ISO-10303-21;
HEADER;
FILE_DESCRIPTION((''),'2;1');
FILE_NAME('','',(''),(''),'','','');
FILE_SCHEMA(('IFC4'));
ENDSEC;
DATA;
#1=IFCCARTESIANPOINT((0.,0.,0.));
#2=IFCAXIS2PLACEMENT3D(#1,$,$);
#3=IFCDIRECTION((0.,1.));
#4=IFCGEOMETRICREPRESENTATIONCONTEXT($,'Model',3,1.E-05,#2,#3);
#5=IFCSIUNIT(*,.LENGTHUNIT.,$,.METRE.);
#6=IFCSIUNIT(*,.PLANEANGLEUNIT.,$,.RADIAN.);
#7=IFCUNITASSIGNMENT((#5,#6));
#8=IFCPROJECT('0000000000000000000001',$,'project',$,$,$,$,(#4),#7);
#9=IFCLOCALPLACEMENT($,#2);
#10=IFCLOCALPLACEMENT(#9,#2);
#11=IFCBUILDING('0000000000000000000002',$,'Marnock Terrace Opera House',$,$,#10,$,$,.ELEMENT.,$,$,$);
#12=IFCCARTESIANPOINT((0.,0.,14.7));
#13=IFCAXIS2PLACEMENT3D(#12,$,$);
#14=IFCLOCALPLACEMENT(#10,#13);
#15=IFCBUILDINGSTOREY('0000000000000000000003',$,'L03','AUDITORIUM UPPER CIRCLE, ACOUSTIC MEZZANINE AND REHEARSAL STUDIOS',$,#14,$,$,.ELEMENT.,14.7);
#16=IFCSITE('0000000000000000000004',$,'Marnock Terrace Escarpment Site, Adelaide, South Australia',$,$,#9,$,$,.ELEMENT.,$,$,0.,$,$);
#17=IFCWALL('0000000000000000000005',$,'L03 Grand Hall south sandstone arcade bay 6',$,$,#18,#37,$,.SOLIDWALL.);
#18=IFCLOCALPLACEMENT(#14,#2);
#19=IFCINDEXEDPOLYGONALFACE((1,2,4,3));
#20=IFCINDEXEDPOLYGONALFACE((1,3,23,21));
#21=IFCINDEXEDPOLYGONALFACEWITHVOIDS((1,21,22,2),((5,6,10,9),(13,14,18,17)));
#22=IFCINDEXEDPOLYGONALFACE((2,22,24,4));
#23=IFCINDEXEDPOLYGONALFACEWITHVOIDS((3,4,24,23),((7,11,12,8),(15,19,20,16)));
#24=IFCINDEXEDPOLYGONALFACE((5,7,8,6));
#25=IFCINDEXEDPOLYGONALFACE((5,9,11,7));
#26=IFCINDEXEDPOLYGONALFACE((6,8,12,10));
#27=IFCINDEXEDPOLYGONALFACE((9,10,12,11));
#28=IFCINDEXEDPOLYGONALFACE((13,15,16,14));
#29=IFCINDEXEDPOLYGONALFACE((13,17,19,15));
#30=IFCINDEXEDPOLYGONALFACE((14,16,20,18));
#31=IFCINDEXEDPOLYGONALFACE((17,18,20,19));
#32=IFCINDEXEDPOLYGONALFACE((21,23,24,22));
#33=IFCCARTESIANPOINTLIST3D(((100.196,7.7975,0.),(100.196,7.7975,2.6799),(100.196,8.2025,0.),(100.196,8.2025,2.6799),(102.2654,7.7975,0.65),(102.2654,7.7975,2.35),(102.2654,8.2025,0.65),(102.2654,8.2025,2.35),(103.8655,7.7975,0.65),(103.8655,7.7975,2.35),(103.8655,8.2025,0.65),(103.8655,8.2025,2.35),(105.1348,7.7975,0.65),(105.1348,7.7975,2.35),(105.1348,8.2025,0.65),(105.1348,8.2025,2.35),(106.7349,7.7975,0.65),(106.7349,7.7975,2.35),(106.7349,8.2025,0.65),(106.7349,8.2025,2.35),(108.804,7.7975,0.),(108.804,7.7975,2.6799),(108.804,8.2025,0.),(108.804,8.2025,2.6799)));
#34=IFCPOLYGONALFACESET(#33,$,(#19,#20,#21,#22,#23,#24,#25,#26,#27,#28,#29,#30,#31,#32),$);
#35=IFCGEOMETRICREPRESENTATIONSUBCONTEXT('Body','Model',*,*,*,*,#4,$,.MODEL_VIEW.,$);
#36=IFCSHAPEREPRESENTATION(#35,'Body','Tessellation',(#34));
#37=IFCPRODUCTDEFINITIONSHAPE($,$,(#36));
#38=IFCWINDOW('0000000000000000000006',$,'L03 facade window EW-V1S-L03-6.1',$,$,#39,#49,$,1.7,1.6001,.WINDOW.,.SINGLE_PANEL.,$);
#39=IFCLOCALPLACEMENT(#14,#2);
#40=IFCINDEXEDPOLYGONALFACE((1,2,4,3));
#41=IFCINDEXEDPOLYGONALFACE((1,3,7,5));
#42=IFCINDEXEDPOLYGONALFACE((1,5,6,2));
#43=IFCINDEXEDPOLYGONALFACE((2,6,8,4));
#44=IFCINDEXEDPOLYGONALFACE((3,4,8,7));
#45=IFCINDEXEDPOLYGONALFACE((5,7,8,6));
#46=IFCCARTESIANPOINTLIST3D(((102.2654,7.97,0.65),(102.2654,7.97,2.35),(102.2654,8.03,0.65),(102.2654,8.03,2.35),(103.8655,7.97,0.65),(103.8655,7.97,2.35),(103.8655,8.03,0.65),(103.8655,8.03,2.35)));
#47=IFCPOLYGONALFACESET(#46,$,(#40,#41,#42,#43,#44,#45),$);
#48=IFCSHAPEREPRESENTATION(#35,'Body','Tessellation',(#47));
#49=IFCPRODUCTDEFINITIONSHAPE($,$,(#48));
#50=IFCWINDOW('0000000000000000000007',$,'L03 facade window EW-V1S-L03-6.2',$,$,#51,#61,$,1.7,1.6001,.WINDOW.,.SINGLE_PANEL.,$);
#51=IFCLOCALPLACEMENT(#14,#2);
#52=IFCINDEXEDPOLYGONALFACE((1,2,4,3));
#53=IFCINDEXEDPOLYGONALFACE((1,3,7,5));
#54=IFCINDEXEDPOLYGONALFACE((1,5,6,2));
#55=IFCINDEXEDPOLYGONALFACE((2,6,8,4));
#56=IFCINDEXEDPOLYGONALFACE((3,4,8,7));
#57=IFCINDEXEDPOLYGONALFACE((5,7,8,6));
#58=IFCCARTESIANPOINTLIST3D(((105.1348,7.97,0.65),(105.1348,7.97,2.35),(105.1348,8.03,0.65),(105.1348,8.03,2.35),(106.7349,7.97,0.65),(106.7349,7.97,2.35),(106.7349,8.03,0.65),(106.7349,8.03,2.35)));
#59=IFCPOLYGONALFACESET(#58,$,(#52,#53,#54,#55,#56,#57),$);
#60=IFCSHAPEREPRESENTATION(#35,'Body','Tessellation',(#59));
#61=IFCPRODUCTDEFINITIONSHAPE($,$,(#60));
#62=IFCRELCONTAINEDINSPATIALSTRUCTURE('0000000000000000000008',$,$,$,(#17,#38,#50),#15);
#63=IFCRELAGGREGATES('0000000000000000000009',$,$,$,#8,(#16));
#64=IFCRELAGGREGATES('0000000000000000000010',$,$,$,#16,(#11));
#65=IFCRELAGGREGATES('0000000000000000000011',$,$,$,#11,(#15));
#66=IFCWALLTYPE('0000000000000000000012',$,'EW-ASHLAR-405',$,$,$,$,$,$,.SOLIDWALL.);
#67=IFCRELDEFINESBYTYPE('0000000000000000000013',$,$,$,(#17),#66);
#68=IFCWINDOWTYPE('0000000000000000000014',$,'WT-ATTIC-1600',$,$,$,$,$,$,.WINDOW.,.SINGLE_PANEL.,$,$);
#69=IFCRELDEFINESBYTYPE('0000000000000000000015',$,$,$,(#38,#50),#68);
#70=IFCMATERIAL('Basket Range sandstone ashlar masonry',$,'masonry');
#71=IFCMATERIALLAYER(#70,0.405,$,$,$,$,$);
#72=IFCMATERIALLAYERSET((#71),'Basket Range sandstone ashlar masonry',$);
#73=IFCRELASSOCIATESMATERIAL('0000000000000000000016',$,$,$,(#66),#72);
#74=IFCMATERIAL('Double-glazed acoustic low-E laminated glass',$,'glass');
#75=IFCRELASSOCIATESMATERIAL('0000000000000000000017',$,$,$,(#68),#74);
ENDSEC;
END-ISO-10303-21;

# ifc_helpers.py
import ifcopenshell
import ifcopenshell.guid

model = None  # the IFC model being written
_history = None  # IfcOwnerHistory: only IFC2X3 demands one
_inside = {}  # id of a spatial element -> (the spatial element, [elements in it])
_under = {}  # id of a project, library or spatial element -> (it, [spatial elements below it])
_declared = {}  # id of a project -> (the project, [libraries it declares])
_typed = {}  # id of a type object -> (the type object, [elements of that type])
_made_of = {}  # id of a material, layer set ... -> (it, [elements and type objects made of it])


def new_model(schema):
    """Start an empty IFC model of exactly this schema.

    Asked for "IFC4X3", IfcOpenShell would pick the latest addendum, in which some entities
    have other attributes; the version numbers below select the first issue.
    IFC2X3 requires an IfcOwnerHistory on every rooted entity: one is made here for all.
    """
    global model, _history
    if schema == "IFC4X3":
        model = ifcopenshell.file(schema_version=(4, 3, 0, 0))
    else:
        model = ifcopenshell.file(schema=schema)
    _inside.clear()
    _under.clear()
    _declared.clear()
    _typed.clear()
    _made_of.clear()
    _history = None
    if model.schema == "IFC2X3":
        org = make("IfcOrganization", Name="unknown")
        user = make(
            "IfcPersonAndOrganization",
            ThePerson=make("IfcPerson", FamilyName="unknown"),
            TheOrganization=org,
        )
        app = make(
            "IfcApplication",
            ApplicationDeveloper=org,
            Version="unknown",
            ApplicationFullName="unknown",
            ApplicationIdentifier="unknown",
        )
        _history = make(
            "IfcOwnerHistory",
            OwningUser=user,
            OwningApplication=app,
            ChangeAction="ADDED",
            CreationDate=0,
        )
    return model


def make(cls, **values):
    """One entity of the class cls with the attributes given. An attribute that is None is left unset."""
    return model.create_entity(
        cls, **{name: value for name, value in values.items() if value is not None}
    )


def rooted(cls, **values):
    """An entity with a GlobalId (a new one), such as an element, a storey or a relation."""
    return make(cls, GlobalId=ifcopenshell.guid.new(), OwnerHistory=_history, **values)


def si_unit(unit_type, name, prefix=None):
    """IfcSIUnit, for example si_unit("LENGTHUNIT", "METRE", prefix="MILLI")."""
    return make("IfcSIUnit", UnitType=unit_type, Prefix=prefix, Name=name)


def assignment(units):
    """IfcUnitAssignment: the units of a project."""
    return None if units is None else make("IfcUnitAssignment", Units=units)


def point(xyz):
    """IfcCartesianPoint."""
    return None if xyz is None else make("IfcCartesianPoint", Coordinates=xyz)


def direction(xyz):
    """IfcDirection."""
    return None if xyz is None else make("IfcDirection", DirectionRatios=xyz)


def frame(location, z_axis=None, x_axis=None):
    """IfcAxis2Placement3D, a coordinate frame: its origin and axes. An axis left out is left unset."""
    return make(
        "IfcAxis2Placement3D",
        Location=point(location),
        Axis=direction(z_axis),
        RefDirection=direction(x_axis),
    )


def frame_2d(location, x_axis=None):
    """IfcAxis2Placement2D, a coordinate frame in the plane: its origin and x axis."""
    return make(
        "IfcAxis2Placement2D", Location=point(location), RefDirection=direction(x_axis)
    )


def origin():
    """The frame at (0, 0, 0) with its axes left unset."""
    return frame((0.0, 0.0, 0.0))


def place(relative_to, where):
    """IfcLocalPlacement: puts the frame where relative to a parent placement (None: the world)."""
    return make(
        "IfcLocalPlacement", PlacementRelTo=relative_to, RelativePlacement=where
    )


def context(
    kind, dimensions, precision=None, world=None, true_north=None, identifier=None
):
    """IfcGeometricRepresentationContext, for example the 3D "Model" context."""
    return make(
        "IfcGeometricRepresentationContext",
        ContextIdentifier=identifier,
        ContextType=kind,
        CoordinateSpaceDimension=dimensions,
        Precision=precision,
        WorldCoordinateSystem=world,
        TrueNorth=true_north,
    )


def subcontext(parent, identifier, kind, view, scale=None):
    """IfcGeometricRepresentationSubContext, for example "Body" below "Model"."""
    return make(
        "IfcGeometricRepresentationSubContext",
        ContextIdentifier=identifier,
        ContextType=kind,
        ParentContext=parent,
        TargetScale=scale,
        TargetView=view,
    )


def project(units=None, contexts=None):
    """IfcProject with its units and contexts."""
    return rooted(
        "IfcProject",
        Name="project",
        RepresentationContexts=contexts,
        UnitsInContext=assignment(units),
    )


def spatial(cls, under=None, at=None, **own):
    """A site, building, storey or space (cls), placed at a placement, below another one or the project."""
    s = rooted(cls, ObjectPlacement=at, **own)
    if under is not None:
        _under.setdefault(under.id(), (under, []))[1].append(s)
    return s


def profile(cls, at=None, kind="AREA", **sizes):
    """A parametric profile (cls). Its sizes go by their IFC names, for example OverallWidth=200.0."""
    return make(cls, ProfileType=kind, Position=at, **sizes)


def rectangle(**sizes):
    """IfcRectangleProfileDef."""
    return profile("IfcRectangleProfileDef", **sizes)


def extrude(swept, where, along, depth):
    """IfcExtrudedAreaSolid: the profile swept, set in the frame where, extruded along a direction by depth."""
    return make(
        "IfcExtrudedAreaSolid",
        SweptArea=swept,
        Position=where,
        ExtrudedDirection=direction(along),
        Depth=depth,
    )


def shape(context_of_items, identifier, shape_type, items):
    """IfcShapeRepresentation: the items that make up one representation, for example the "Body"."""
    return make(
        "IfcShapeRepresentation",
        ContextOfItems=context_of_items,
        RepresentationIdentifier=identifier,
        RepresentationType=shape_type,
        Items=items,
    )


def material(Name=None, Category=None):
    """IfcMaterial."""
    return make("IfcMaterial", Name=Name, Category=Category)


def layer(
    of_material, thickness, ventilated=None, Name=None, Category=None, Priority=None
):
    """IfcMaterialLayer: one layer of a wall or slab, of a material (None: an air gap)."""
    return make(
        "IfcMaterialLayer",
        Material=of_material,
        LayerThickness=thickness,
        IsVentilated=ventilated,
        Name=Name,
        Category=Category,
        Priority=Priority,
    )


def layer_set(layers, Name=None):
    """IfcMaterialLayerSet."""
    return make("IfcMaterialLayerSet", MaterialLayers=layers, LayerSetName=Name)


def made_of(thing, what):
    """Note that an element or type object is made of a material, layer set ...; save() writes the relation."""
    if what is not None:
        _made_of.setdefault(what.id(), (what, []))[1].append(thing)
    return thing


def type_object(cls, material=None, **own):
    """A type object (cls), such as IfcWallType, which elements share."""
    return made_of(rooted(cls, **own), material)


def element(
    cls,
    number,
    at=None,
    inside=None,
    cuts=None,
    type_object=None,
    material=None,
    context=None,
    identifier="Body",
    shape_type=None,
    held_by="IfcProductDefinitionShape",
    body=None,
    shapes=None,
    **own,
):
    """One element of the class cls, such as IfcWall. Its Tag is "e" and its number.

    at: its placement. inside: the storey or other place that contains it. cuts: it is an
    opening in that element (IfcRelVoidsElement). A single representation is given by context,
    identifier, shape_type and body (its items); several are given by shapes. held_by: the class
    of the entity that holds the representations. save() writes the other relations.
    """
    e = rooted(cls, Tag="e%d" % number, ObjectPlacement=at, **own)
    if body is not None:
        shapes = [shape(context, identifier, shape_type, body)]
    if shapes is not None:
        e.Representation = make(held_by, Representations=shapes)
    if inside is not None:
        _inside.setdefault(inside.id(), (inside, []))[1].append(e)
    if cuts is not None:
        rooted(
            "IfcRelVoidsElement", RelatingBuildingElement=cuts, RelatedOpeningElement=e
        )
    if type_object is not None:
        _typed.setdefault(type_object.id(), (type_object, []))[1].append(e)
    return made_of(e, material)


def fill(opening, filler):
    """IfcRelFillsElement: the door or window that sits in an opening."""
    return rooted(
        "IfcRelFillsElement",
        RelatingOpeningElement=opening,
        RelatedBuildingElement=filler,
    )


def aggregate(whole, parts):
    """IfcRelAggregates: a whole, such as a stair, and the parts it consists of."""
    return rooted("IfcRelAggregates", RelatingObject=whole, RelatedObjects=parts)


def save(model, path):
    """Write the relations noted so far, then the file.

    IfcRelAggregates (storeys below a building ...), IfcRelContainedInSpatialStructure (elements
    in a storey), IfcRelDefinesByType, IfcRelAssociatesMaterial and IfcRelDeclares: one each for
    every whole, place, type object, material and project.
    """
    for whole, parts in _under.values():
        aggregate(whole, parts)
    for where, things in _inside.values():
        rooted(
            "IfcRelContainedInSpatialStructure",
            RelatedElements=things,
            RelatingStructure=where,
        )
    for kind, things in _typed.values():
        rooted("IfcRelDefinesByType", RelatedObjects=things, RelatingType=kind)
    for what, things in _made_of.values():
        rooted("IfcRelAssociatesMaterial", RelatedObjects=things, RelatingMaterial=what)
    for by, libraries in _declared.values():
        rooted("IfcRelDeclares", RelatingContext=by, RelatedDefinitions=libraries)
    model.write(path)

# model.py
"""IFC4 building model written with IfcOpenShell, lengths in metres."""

from ifc_helpers import new_model, si_unit, direction, frame, frame_2d, origin, place, context, subcontext, project, spatial, rectangle, extrude, material, layer, layer_set, type_object, element, fill, save


model = new_model("IFC4")

# Units and contexts
model_context = context("Model", 3, precision=1e-05, world=origin(), true_north=direction((0.0, 1.0)))
body_context = subcontext(model_context, "Body", "Model", "MODEL_VIEW")
ifc_project = project(units=[si_unit("LENGTHUNIT", "METRE"), si_unit("PLANEANGLEUNIT", "RADIAN")], contexts=[model_context])

# Site, building, storey
site_placement = place(None, origin())
site = spatial("IfcSite", under=ifc_project, at=site_placement, Name="Marnock Terrace Escarpment Site, Adelaide, South Australia", CompositionType="ELEMENT", RefElevation=0.0)
building_placement = place(site_placement, origin())
building = spatial("IfcBuilding", under=site, at=building_placement, Name="Marnock Terrace Opera House", CompositionType="ELEMENT")
storey_placement = place(building_placement, frame((0.0, 0.0, 14.7)))
storey = spatial("IfcBuildingStorey", under=building, at=storey_placement, Name="L03", Description="AUDITORIUM UPPER CIRCLE, ACOUSTIC MEZZANINE AND REHEARSAL STUDIOS", CompositionType="ELEMENT", Elevation=14.7)

# Wall, openings, windows
ifc_material_1 = material(Name="Basket Range sandstone ashlar masonry", Category="masonry")
ifc_layer = layer(ifc_material_1, 0.405)
ifc_layer_set = layer_set([ifc_layer], Name="Basket Range sandstone ashlar masonry")
wall_type = type_object("IfcWallType", Name="EW-ASHLAR-405", PredefinedType="SOLIDWALL", material=ifc_layer_set)
ifc_material_2 = material(Name="Double-glazed acoustic low-E laminated glass", Category="glass")
window_type = type_object("IfcWindowType", Name="WT-ATTIC-1600", PartitioningType="SINGLE_PANEL", PredefinedType="WINDOW", material=ifc_material_2)
wall_1_placement = place(storey_placement, frame((100.196, 8.0, 0.0), z_axis=(0.0, 0.0, 1.0), x_axis=(1.0, 0.0, 0.0)))
wall_1 = element("IfcWall", 1, at=wall_1_placement, inside=storey, type_object=wall_type, Name="L03 Grand Hall south sandstone arcade bay 6", PredefinedType="SOLIDWALL", context=body_context, shape_type="SweptSolid", body=[
    extrude(rectangle(XDim=8.6079, YDim=0.405, at=frame_2d((4.304, 0.0))), origin(), (0.0, 0.0, 1.0), 2.6799),
])
opening_1_placement = place(wall_1_placement, frame((2.0693, 0.0, 0.6499)))
opening_1 = element("IfcOpeningElement", 2, at=opening_1_placement, cuts=wall_1, PredefinedType="OPENING", context=body_context, shape_type="SweptSolid", body=[
    extrude(rectangle(XDim=1.6001, YDim=1.7, at=frame_2d((0.8, 0.8501))), frame((0.0, 0.2124, 0.0), z_axis=(0.0, -1.0, 0.0), x_axis=(1.0, 0.0, 0.0)), (0.0, 0.0, 1.0), 0.425),
])
opening_2_placement = place(wall_1_placement, frame((4.9387, 0.0, 0.6499)))
opening_2 = element("IfcOpeningElement", 3, at=opening_2_placement, cuts=wall_1, PredefinedType="OPENING", context=body_context, shape_type="SweptSolid", body=[
    extrude(rectangle(XDim=1.6001, YDim=1.7, at=frame_2d((0.8, 0.8501))), frame((0.0, 0.2124, 0.0), z_axis=(0.0, -1.0, 0.0), x_axis=(1.0, 0.0, 0.0)), (0.0, 0.0, 1.0), 0.425),
])
window_1_placement = place(opening_1_placement, origin())
window_1 = element("IfcWindow", 4, at=window_1_placement, inside=storey, type_object=window_type, Name="L03 facade window EW-V1S-L03-6.1", OverallHeight=1.7, OverallWidth=1.6001, PartitioningType="SINGLE_PANEL", PredefinedType="WINDOW", context=body_context, shape_type="SweptSolid", body=[
    extrude(rectangle(XDim=1.6001, YDim=1.7, at=frame_2d((0.8, 0.8501))), frame((0.0, 0.03, 0.0), z_axis=(0.0, -1.0, 0.0), x_axis=(1.0, 0.0, 0.0)), (0.0, 0.0, 1.0), 0.0601),
])
fill(opening_1, window_1)
window_2_placement = place(opening_2_placement, origin())
window_2 = element("IfcWindow", 5, at=window_2_placement, inside=storey, type_object=window_type, Name="L03 facade window EW-V1S-L03-6.2", OverallHeight=1.7, OverallWidth=1.6001, PartitioningType="SINGLE_PANEL", PredefinedType="WINDOW", context=body_context, shape_type="SweptSolid", body=[
    extrude(rectangle(XDim=1.6001, YDim=1.7, at=frame_2d((0.8, 0.8501))), frame((0.0, 0.03, 0.0), z_axis=(0.0, -1.0, 0.0), x_axis=(1.0, 0.0, 0.0)), (0.0, 0.0, 1.0), 0.0601),
])
fill(opening_2, window_2)

save(model, "model.ifc")
